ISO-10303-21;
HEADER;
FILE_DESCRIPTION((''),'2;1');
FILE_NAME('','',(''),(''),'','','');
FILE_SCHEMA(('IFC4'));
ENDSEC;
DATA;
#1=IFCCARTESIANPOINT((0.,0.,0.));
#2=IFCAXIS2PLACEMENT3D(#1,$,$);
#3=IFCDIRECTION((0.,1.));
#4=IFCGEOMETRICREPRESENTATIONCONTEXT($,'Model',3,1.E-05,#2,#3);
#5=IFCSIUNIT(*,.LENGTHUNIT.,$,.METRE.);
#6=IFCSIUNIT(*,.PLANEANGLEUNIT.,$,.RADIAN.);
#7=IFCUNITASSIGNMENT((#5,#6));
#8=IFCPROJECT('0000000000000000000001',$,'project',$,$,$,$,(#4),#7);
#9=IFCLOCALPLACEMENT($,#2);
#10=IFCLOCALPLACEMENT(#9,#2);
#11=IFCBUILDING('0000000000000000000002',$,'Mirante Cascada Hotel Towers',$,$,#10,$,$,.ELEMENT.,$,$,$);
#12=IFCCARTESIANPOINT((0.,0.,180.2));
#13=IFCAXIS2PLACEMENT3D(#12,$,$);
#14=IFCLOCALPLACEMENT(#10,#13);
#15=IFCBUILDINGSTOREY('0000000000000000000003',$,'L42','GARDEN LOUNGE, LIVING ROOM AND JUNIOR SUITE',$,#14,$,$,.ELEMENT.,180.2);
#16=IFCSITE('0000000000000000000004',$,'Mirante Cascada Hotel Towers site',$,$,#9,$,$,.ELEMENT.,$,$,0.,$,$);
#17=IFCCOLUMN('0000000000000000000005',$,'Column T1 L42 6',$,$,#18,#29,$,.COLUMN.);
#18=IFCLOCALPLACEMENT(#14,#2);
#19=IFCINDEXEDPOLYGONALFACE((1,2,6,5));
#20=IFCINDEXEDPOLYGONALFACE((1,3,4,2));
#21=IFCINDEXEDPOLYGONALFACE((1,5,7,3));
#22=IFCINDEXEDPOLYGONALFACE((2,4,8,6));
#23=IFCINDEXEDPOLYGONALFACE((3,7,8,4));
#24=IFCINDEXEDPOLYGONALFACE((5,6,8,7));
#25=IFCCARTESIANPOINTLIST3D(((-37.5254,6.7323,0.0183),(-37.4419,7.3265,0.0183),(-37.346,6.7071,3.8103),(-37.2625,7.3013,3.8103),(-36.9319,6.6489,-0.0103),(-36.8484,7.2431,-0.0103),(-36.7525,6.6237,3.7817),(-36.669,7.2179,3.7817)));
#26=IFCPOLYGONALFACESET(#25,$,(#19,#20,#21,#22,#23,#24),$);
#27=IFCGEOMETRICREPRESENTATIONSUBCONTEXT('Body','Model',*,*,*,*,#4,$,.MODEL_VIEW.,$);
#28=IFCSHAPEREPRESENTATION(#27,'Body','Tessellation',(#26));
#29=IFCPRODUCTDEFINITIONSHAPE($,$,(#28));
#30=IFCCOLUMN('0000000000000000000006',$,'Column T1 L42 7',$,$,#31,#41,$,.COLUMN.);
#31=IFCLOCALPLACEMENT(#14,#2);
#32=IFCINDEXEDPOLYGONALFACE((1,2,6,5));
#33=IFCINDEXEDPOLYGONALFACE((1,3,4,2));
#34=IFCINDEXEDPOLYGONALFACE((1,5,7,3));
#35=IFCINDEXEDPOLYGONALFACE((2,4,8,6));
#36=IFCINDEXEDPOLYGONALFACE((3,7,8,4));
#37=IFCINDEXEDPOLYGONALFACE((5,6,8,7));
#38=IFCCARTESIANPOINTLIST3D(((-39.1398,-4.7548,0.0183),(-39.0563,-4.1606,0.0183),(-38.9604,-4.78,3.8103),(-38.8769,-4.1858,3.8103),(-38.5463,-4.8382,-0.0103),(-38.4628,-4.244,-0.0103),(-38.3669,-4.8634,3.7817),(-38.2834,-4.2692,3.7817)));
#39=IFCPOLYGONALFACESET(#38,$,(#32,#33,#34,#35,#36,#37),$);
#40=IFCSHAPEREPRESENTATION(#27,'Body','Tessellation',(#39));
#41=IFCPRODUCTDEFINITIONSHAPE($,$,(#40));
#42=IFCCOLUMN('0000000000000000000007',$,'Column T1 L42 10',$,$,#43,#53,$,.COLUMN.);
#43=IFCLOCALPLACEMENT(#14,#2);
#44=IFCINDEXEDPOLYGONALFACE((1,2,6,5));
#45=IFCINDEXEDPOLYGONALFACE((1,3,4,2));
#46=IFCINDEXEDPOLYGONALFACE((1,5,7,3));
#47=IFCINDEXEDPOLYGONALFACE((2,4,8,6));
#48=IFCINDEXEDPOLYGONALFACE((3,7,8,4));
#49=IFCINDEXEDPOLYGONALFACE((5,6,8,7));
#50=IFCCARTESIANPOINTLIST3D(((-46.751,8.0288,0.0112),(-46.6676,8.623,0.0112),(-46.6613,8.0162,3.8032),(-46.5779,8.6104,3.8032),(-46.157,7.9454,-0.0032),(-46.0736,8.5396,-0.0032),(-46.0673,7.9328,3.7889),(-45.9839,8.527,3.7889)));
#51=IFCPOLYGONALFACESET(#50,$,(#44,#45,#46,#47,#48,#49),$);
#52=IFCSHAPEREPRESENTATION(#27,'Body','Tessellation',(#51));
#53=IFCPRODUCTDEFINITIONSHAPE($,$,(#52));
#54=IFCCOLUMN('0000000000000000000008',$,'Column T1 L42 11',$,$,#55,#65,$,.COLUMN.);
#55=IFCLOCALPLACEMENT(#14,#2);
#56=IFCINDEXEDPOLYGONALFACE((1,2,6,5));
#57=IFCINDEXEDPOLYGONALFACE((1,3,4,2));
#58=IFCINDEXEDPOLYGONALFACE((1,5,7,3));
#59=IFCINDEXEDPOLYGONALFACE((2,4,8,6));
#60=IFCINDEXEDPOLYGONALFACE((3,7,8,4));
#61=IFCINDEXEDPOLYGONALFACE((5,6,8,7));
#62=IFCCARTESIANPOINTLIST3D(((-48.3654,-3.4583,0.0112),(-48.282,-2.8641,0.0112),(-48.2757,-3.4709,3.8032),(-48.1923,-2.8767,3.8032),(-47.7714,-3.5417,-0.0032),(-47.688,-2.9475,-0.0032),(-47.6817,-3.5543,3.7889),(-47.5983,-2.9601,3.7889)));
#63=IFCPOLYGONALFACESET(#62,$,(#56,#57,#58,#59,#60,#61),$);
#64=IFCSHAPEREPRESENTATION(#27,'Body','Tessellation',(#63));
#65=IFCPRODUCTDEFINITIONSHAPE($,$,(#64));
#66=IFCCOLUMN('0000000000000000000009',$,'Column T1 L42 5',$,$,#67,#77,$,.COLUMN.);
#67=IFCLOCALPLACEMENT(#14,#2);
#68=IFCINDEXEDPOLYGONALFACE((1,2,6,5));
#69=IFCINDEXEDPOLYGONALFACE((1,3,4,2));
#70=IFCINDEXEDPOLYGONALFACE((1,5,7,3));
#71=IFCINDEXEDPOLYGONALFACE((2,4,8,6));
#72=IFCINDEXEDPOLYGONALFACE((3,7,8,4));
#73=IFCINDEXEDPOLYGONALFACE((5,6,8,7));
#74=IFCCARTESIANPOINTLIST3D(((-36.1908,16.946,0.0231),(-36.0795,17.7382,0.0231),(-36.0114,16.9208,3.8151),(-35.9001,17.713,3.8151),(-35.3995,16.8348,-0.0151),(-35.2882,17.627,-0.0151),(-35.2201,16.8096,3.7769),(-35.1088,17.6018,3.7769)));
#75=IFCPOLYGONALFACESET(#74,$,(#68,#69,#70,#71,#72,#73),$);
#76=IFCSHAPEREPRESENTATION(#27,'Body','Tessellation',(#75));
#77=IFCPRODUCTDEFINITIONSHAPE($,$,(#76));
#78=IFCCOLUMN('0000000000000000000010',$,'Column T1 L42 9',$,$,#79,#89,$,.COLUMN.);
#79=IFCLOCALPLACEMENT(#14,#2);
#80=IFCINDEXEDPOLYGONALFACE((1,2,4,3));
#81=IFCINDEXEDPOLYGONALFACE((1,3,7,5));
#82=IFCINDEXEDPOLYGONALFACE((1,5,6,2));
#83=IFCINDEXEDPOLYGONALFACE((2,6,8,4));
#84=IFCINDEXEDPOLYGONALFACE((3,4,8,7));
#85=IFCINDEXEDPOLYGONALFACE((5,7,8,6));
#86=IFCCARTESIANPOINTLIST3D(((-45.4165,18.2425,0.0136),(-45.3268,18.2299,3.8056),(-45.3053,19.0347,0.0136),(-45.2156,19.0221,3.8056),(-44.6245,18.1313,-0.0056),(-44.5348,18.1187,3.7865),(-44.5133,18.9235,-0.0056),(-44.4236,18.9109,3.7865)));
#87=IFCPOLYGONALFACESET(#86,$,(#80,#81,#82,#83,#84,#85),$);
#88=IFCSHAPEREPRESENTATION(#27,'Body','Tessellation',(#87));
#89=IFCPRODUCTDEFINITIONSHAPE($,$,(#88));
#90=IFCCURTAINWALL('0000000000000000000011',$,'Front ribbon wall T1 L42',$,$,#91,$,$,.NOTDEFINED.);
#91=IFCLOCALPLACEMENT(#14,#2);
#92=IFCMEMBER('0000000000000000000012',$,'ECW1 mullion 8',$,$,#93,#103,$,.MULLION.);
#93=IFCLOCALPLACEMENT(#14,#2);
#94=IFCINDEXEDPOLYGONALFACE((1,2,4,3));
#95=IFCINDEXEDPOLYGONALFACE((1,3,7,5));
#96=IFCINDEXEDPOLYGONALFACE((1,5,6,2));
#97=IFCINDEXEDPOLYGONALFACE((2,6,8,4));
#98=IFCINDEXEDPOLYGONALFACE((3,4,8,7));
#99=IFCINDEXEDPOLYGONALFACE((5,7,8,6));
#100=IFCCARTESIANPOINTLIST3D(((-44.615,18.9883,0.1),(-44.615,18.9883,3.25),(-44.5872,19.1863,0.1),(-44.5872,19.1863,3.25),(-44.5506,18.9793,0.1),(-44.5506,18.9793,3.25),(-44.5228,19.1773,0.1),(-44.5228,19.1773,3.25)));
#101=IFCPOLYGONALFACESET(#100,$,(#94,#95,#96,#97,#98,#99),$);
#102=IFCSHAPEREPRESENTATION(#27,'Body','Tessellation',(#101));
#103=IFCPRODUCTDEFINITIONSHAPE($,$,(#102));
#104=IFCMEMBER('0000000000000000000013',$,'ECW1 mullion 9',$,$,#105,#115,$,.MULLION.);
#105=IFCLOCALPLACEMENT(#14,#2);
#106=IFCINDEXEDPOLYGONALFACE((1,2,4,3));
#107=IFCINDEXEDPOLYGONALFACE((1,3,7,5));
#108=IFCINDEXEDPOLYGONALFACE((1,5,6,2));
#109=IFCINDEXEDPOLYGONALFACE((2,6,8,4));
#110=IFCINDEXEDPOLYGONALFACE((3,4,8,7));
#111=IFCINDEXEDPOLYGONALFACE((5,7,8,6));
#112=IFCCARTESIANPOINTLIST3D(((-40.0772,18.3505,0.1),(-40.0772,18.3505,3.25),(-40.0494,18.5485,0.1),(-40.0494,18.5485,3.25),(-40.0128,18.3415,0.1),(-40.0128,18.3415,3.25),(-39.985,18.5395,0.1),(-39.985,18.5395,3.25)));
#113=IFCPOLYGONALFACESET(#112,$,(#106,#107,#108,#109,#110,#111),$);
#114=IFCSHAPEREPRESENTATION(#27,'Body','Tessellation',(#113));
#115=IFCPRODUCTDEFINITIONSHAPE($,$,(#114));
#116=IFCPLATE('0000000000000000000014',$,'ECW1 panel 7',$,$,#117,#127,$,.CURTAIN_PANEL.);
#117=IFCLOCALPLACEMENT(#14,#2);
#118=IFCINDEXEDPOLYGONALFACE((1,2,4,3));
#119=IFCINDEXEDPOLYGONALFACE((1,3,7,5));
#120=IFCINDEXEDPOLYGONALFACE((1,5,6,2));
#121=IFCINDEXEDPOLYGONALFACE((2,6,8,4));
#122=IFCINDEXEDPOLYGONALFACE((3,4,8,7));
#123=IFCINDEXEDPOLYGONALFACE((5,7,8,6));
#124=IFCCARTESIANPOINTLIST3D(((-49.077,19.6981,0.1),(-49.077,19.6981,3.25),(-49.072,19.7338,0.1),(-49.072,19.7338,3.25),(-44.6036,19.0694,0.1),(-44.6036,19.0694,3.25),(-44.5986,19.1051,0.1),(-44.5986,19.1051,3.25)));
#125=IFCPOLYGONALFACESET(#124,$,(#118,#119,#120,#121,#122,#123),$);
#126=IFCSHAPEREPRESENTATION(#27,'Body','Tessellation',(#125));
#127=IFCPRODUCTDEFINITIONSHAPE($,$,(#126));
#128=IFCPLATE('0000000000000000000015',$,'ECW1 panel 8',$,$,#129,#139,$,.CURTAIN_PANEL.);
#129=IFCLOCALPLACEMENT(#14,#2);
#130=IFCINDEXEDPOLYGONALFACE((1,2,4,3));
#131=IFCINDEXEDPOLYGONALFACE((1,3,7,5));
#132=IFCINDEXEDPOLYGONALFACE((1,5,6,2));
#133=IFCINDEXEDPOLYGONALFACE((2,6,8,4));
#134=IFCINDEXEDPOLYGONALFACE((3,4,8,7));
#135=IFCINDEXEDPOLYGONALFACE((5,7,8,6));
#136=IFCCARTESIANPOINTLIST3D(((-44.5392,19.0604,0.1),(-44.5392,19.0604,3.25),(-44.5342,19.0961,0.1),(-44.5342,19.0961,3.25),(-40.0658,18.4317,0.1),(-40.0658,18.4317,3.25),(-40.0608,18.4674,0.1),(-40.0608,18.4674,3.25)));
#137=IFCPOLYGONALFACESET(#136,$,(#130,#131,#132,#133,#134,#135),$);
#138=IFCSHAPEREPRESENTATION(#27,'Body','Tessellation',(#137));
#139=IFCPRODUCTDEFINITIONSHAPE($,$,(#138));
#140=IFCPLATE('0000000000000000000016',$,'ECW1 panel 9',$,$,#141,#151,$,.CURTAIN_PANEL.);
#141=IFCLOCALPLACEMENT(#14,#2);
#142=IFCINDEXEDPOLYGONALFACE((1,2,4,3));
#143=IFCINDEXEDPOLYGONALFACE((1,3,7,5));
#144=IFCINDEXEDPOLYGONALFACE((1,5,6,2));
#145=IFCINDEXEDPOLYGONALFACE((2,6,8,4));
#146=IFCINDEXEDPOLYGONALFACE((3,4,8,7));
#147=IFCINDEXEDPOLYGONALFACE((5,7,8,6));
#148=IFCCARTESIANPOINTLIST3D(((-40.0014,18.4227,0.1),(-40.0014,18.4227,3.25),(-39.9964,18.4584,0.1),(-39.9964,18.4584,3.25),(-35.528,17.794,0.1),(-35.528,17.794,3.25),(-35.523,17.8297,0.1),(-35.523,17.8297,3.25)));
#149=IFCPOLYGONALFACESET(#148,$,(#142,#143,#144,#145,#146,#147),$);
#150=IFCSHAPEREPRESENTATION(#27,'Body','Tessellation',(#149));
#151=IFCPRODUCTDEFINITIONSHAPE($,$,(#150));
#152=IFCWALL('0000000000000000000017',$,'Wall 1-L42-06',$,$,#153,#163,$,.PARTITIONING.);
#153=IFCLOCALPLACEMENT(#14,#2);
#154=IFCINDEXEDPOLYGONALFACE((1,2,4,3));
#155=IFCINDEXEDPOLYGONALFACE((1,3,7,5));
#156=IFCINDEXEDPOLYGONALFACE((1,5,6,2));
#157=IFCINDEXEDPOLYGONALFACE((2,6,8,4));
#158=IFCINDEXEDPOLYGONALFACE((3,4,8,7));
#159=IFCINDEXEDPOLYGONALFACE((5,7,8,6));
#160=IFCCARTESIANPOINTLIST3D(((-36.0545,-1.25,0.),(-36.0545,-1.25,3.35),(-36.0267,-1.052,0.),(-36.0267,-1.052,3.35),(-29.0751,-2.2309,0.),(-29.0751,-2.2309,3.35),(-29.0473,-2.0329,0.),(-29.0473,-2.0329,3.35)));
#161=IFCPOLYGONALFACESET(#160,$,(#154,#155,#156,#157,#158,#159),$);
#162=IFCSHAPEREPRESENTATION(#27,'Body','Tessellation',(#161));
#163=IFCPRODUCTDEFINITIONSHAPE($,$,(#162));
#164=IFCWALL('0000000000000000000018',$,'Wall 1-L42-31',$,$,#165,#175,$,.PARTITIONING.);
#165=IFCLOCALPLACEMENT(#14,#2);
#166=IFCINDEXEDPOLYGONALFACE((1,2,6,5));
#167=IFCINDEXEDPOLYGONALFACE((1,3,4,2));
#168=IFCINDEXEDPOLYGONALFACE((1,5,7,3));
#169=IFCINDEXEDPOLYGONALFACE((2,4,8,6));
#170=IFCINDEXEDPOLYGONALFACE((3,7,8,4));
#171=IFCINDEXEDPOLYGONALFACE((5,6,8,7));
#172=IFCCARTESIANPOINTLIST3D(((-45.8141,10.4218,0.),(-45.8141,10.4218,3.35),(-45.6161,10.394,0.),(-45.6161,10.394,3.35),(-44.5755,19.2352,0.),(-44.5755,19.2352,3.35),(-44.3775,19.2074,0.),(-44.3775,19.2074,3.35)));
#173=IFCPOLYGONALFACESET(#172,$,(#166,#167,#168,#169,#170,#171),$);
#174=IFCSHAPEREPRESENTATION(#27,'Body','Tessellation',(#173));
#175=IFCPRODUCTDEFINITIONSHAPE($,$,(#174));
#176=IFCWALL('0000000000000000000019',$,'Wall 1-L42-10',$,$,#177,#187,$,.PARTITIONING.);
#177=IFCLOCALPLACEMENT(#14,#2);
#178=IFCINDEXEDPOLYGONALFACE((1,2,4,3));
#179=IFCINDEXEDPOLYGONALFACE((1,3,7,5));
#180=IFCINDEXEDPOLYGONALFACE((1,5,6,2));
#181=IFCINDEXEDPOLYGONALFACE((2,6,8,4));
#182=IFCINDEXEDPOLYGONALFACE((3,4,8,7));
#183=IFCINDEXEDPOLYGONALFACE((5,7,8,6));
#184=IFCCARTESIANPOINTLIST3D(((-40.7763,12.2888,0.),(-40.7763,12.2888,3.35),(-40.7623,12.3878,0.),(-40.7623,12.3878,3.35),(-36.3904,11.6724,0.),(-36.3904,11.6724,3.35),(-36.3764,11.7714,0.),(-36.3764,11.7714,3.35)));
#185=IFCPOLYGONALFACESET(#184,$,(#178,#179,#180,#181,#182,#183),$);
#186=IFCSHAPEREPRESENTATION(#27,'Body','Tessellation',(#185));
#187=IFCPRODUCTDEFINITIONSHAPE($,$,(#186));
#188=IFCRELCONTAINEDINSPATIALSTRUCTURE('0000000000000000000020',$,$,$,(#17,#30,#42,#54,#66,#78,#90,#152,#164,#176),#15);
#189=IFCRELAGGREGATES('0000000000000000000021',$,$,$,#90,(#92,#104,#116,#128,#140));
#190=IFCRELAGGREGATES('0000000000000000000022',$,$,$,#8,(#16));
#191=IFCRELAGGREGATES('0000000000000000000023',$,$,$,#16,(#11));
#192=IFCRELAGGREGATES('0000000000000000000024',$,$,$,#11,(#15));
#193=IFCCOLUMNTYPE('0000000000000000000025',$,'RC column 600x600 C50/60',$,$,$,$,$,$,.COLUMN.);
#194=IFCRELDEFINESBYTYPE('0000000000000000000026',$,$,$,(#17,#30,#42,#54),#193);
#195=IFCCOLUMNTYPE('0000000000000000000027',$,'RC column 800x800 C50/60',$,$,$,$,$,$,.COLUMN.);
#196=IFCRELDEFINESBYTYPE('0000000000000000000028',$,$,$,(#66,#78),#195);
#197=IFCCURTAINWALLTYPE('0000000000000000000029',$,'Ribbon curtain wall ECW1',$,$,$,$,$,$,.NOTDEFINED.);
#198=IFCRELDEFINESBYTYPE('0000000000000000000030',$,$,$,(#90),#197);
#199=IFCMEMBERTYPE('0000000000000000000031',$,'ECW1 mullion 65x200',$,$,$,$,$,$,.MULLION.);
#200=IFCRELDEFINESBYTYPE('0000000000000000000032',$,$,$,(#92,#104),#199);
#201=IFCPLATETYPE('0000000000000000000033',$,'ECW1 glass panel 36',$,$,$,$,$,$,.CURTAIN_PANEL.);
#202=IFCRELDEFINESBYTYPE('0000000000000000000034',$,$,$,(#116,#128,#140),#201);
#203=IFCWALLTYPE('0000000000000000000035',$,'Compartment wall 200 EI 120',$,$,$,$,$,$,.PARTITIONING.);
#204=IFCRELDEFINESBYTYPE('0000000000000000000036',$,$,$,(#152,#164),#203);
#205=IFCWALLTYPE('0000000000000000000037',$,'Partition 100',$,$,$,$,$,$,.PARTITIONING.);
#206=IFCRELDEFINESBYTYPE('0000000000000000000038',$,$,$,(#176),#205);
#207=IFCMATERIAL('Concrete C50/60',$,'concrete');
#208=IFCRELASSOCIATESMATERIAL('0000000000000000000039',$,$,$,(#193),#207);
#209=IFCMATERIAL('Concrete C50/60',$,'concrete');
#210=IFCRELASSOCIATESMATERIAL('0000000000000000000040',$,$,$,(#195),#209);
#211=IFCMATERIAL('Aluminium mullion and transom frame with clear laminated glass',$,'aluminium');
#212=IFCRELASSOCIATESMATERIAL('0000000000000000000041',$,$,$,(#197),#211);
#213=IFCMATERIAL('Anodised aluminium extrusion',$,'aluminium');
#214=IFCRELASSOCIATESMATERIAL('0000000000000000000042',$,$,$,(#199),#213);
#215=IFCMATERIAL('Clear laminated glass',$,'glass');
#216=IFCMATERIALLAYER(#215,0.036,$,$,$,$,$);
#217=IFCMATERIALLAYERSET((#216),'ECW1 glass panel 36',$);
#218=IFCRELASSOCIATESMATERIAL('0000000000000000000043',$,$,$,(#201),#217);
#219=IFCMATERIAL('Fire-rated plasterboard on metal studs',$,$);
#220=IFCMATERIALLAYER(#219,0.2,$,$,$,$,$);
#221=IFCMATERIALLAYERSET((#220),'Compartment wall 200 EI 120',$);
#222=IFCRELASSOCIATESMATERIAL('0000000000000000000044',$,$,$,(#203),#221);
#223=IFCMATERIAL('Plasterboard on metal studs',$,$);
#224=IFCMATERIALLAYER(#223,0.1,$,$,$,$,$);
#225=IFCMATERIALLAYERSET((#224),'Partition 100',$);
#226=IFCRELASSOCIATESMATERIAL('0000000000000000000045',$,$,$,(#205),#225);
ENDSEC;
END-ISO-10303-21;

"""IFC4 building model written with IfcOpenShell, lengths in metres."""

from ifc_helpers import new_model, si_unit, direction, frame, frame_2d, origin, origin_2d, place, context, subcontext, project, spatial, rectangle, extrude, material, layer, layer_set, material_profile, profile_set, type_object, element, aggregate, save


model = new_model("IFC4")

# Units and contexts
model_context = context("Model", 3, precision=1e-05, world=origin(), true_north=direction((0.0, 1.0)))
body_context = subcontext(model_context, "Body", "Model", "MODEL_VIEW")
ifc_project = project(units=[si_unit("LENGTHUNIT", "METRE"), si_unit("PLANEANGLEUNIT", "RADIAN")], contexts=[model_context])

# Site, building, storey
site_placement = place(None, origin())
site = spatial("IfcSite", under=ifc_project, at=site_placement, Name="Mirante Cascada Hotel Towers site", CompositionType="ELEMENT", RefElevation=0.0)
building_placement = place(site_placement, origin())
building = spatial("IfcBuilding", under=site, at=building_placement, Name="Mirante Cascada Hotel Towers", CompositionType="ELEMENT")
storey_placement = place(building_placement, frame((0.0, 0.0, 180.2)))
storey = spatial("IfcBuildingStorey", under=building, at=storey_placement, Name="L42", Description="GARDEN LOUNGE, LIVING ROOM AND JUNIOR SUITE", CompositionType="ELEMENT", Elevation=180.2)

# Columns
ifc_material_1 = material(Name="Concrete C50/60", Category="concrete")
ifc_material_profile_1 = material_profile(ifc_material_1, rectangle(XDim=0.6, YDim=0.6, at=origin_2d()), Name="RC column 600x600 C50/60")
ifc_profile_set_1 = profile_set([ifc_material_profile_1], Name="Concrete C50/60")
column_type_1 = type_object("IfcColumnType", Name="RC column 600x600 C50/60", PredefinedType="COLUMN", material=ifc_profile_set_1)
for number, where, z_axis, x_axis, name in (
    (1, (-37.1869, 6.9877, 0.004), (0.047256, -0.006638, 0.998861), (0.139103, 0.990278, 0.0), "Column T1 L42 6"),
    (2, (-38.8013, -4.4994, 0.004), (0.047256, -0.006638, 0.998861), (0.139103, 0.990278, 0.0), "Column T1 L42 7"),
):
    element("IfcColumn", number, at=place(storey_placement, frame(where, z_axis=z_axis, x_axis=x_axis)), inside=storey, type_object=column_type_1, Name=name, PredefinedType="COLUMN", context=body_context, shape_type="SweptSolid", body=[
        extrude(rectangle(XDim=0.6, YDim=0.6, at=origin_2d()), origin(), (0.0, 0.0, 1.0), 3.7963),
    ])
for number, where, z_axis, x_axis, name in (
    (3, (-46.4123, 8.2842, 0.004), (0.023648, -0.003322, 0.999715), (0.139103, 0.990278, 0.0), "Column T1 L42 10"),
    (4, (-48.0267, -3.2029, 0.004), (0.023648, -0.003322, 0.999715), (0.139103, 0.990278, 0.0), "Column T1 L42 11"),
):
    element("IfcColumn", number, at=place(storey_placement, frame(where, z_axis=z_axis, x_axis=x_axis)), inside=storey, type_object=column_type_1, Name=name, PredefinedType="COLUMN", context=body_context, shape_type="SweptSolid", body=[
        extrude(rectangle(XDim=0.6, YDim=0.6, at=origin_2d()), origin(), (0.0, 0.0, 1.0), 3.7931),
    ])
ifc_material_2 = material(Name="Concrete C50/60", Category="concrete")
ifc_material_profile_2 = material_profile(ifc_material_2, rectangle(XDim=0.8, YDim=0.8, at=origin_2d()), Name="RC column 800x800 C50/60")
ifc_profile_set_2 = profile_set([ifc_material_profile_2], Name="Concrete C50/60")
column_type_2 = type_object("IfcColumnType", Name="RC column 800x800 C50/60", PredefinedType="COLUMN", material=ifc_profile_set_2)
column_1_placement = place(storey_placement, frame((-35.7395, 17.2865, 0.004), z_axis=(0.047256, -0.006638, 0.998861), x_axis=(0.139103, 0.990278, 0.0)))
element("IfcColumn", 5, at=column_1_placement, inside=storey, type_object=column_type_2, Name="Column T1 L42 5", PredefinedType="COLUMN", context=body_context, shape_type="SweptSolid", body=[
    extrude(rectangle(XDim=0.8, YDim=0.8, at=origin_2d()), origin(), (0.0, 0.0, 1.0), 3.7963),
])
column_2_placement = place(storey_placement, frame((-44.9649, 18.583, 0.004), z_axis=(0.023648, -0.003322, 0.999715), x_axis=(0.139103, 0.990278, 0.0)))
element("IfcColumn", 6, at=column_2_placement, inside=storey, type_object=column_type_2, Name="Column T1 L42 9", PredefinedType="COLUMN", context=body_context, shape_type="SweptSolid", body=[
    extrude(rectangle(XDim=0.8, YDim=0.8, at=origin_2d()), origin(), (0.0, 0.0, 1.0), 3.7931),
])

# Curtain wall, members, plates
ifc_material_3 = material(Name="Aluminium mullion and transom frame with clear laminated glass", Category="aluminium")
curtain_wall_type = type_object("IfcCurtainWallType", Name="Ribbon curtain wall ECW1", PredefinedType="NOTDEFINED", material=ifc_material_3)
curtain_wall_placement = place(storey_placement, origin())
curtain_wall = element("IfcCurtainWall", 7, at=curtain_wall_placement, inside=storey, type_object=curtain_wall_type, Name="Front ribbon wall T1 L42", PredefinedType="NOTDEFINED")
ifc_material_4 = material(Name="Anodised aluminium extrusion", Category="aluminium")
ifc_material_profile_3 = material_profile(ifc_material_4, rectangle(XDim=0.2, YDim=0.065, at=origin_2d()), Name="ECW1 MULLION 65x200")
ifc_profile_set_3 = profile_set([ifc_material_profile_3], Name="Anodised aluminium extrusion")
member_type = type_object("IfcMemberType", Name="ECW1 mullion 65x200", PredefinedType="MULLION", material=ifc_profile_set_3)
member_1_placement = place(storey_placement, frame((-44.5689, 19.0828, 0.1), z_axis=(0.0, 0.0, 1.0), x_axis=(0.139173, 0.990268, 0.0)))
member_1 = element("IfcMember", 8, at=member_1_placement, type_object=member_type, Name="ECW1 mullion 8", PredefinedType="MULLION", context=body_context, shape_type="SweptSolid", body=[
    extrude(rectangle(XDim=0.2, YDim=0.065, at=origin_2d()), origin(), (0.0, 0.0, 1.0), 3.15),
])
member_2_placement = place(storey_placement, frame((-40.0311, 18.445, 0.1), z_axis=(0.0, 0.0, 1.0), x_axis=(0.139173, 0.990268, 0.0)))
member_2 = element("IfcMember", 9, at=member_2_placement, type_object=member_type, Name="ECW1 mullion 9", PredefinedType="MULLION", context=body_context, shape_type="SweptSolid", body=[
    extrude(rectangle(XDim=0.2, YDim=0.065, at=origin_2d()), origin(), (0.0, 0.0, 1.0), 3.15),
])
ifc_material_5 = material(Name="Clear laminated glass", Category="glass")
ifc_layer_1 = layer(ifc_material_5, 0.036)
ifc_layer_set_1 = layer_set([ifc_layer_1], Name="ECW1 glass panel 36")
plate_type = type_object("IfcPlateType", Name="ECW1 glass panel 36", PredefinedType="CURTAIN_PANEL", material=ifc_layer_set_1)
plate_1_placement = place(storey_placement, frame((-46.8378, 19.4016, 0.1), z_axis=(0.0, 0.0, 1.0), x_axis=(0.990268, -0.139173, 0.0)))
plate_1 = element("IfcPlate", 10, at=plate_1_placement, type_object=plate_type, Name="ECW1 panel 7", PredefinedType="CURTAIN_PANEL", context=body_context, shape_type="SweptSolid", body=[
    extrude(rectangle(XDim=4.5174, YDim=0.036, at=origin_2d()), origin(), (0.0, 0.0, 1.0), 3.15),
])
plate_2_placement = place(storey_placement, frame((-42.3, 18.7639, 0.1), z_axis=(0.0, 0.0, 1.0), x_axis=(0.990268, -0.139173, 0.0)))
plate_2 = element("IfcPlate", 11, at=plate_2_placement, type_object=plate_type, Name="ECW1 panel 8", PredefinedType="CURTAIN_PANEL", context=body_context, shape_type="SweptSolid", body=[
    extrude(rectangle(XDim=4.5174, YDim=0.036, at=origin_2d()), origin(), (0.0, 0.0, 1.0), 3.15),
])
plate_3_placement = place(storey_placement, frame((-37.7622, 18.1262, 0.1), z_axis=(0.0, 0.0, 1.0), x_axis=(0.990268, -0.139173, 0.0)))
plate_3 = element("IfcPlate", 12, at=plate_3_placement, type_object=plate_type, Name="ECW1 panel 9", PredefinedType="CURTAIN_PANEL", context=body_context, shape_type="SweptSolid", body=[
    extrude(rectangle(XDim=4.5174, YDim=0.036, at=origin_2d()), origin(), (0.0, 0.0, 1.0), 3.15),
])
aggregate(curtain_wall, [member_1, member_2, plate_1, plate_2, plate_3])

# Walls
ifc_material_6 = material(Name="Fire-rated plasterboard on metal studs")
ifc_layer_2 = layer(ifc_material_6, 0.2)
ifc_layer_set_2 = layer_set([ifc_layer_2], Name="Compartment wall 200 EI 120")
wall_type_1 = type_object("IfcWallType", Name="Compartment wall 200 EI 120", PredefinedType="PARTITIONING", material=ifc_layer_set_2)
wall_1_placement = place(storey_placement, frame((-36.0406, -1.151, 0.0), z_axis=(0.0, 0.0, 1.0), x_axis=(0.990268, -0.139174, 0.0)))
element("IfcWall", 13, at=wall_1_placement, inside=storey, type_object=wall_type_1, Name="Wall 1-L42-06", PredefinedType="PARTITIONING", context=body_context, shape_type="SweptSolid", body=[
    extrude(rectangle(XDim=7.048, YDim=0.2, at=frame_2d((3.524, 0.0))), origin(), (0.0, 0.0, 1.0), 3.35),
])
wall_2_placement = place(storey_placement, frame((-45.7151, 10.4079, 0.0), z_axis=(0.0, 0.0, 1.0), x_axis=(0.139168, 0.990269, 0.0)))
element("IfcWall", 14, at=wall_2_placement, inside=storey, type_object=wall_type_1, Name="Wall 1-L42-31", PredefinedType="PARTITIONING", context=body_context, shape_type="SweptSolid", body=[
    extrude(rectangle(XDim=8.9, YDim=0.2, at=frame_2d((4.45, 0.0))), origin(), (0.0, 0.0, 1.0), 3.35),
])
ifc_material_7 = material(Name="Plasterboard on metal studs")
ifc_layer_3 = layer(ifc_material_7, 0.1)
ifc_layer_set_3 = layer_set([ifc_layer_3], Name="Partition 100")
wall_type_2 = type_object("IfcWallType", Name="Partition 100", PredefinedType="PARTITIONING", material=ifc_layer_set_3)
wall_3_placement = place(storey_placement, frame((-40.7693, 12.3383, 0.0), z_axis=(0.0, 0.0, 1.0), x_axis=(0.990268, -0.139174, 0.0)))
element("IfcWall", 15, at=wall_3_placement, inside=storey, type_object=wall_type_2, Name="Wall 1-L42-10", PredefinedType="PARTITIONING", context=body_context, shape_type="SweptSolid", body=[
    extrude(rectangle(XDim=4.429, YDim=0.1, at=frame_2d((2.2145, 0.0))), origin(), (0.0, 0.0, 1.0), 3.35),
])

save(model, "model.ifc")
